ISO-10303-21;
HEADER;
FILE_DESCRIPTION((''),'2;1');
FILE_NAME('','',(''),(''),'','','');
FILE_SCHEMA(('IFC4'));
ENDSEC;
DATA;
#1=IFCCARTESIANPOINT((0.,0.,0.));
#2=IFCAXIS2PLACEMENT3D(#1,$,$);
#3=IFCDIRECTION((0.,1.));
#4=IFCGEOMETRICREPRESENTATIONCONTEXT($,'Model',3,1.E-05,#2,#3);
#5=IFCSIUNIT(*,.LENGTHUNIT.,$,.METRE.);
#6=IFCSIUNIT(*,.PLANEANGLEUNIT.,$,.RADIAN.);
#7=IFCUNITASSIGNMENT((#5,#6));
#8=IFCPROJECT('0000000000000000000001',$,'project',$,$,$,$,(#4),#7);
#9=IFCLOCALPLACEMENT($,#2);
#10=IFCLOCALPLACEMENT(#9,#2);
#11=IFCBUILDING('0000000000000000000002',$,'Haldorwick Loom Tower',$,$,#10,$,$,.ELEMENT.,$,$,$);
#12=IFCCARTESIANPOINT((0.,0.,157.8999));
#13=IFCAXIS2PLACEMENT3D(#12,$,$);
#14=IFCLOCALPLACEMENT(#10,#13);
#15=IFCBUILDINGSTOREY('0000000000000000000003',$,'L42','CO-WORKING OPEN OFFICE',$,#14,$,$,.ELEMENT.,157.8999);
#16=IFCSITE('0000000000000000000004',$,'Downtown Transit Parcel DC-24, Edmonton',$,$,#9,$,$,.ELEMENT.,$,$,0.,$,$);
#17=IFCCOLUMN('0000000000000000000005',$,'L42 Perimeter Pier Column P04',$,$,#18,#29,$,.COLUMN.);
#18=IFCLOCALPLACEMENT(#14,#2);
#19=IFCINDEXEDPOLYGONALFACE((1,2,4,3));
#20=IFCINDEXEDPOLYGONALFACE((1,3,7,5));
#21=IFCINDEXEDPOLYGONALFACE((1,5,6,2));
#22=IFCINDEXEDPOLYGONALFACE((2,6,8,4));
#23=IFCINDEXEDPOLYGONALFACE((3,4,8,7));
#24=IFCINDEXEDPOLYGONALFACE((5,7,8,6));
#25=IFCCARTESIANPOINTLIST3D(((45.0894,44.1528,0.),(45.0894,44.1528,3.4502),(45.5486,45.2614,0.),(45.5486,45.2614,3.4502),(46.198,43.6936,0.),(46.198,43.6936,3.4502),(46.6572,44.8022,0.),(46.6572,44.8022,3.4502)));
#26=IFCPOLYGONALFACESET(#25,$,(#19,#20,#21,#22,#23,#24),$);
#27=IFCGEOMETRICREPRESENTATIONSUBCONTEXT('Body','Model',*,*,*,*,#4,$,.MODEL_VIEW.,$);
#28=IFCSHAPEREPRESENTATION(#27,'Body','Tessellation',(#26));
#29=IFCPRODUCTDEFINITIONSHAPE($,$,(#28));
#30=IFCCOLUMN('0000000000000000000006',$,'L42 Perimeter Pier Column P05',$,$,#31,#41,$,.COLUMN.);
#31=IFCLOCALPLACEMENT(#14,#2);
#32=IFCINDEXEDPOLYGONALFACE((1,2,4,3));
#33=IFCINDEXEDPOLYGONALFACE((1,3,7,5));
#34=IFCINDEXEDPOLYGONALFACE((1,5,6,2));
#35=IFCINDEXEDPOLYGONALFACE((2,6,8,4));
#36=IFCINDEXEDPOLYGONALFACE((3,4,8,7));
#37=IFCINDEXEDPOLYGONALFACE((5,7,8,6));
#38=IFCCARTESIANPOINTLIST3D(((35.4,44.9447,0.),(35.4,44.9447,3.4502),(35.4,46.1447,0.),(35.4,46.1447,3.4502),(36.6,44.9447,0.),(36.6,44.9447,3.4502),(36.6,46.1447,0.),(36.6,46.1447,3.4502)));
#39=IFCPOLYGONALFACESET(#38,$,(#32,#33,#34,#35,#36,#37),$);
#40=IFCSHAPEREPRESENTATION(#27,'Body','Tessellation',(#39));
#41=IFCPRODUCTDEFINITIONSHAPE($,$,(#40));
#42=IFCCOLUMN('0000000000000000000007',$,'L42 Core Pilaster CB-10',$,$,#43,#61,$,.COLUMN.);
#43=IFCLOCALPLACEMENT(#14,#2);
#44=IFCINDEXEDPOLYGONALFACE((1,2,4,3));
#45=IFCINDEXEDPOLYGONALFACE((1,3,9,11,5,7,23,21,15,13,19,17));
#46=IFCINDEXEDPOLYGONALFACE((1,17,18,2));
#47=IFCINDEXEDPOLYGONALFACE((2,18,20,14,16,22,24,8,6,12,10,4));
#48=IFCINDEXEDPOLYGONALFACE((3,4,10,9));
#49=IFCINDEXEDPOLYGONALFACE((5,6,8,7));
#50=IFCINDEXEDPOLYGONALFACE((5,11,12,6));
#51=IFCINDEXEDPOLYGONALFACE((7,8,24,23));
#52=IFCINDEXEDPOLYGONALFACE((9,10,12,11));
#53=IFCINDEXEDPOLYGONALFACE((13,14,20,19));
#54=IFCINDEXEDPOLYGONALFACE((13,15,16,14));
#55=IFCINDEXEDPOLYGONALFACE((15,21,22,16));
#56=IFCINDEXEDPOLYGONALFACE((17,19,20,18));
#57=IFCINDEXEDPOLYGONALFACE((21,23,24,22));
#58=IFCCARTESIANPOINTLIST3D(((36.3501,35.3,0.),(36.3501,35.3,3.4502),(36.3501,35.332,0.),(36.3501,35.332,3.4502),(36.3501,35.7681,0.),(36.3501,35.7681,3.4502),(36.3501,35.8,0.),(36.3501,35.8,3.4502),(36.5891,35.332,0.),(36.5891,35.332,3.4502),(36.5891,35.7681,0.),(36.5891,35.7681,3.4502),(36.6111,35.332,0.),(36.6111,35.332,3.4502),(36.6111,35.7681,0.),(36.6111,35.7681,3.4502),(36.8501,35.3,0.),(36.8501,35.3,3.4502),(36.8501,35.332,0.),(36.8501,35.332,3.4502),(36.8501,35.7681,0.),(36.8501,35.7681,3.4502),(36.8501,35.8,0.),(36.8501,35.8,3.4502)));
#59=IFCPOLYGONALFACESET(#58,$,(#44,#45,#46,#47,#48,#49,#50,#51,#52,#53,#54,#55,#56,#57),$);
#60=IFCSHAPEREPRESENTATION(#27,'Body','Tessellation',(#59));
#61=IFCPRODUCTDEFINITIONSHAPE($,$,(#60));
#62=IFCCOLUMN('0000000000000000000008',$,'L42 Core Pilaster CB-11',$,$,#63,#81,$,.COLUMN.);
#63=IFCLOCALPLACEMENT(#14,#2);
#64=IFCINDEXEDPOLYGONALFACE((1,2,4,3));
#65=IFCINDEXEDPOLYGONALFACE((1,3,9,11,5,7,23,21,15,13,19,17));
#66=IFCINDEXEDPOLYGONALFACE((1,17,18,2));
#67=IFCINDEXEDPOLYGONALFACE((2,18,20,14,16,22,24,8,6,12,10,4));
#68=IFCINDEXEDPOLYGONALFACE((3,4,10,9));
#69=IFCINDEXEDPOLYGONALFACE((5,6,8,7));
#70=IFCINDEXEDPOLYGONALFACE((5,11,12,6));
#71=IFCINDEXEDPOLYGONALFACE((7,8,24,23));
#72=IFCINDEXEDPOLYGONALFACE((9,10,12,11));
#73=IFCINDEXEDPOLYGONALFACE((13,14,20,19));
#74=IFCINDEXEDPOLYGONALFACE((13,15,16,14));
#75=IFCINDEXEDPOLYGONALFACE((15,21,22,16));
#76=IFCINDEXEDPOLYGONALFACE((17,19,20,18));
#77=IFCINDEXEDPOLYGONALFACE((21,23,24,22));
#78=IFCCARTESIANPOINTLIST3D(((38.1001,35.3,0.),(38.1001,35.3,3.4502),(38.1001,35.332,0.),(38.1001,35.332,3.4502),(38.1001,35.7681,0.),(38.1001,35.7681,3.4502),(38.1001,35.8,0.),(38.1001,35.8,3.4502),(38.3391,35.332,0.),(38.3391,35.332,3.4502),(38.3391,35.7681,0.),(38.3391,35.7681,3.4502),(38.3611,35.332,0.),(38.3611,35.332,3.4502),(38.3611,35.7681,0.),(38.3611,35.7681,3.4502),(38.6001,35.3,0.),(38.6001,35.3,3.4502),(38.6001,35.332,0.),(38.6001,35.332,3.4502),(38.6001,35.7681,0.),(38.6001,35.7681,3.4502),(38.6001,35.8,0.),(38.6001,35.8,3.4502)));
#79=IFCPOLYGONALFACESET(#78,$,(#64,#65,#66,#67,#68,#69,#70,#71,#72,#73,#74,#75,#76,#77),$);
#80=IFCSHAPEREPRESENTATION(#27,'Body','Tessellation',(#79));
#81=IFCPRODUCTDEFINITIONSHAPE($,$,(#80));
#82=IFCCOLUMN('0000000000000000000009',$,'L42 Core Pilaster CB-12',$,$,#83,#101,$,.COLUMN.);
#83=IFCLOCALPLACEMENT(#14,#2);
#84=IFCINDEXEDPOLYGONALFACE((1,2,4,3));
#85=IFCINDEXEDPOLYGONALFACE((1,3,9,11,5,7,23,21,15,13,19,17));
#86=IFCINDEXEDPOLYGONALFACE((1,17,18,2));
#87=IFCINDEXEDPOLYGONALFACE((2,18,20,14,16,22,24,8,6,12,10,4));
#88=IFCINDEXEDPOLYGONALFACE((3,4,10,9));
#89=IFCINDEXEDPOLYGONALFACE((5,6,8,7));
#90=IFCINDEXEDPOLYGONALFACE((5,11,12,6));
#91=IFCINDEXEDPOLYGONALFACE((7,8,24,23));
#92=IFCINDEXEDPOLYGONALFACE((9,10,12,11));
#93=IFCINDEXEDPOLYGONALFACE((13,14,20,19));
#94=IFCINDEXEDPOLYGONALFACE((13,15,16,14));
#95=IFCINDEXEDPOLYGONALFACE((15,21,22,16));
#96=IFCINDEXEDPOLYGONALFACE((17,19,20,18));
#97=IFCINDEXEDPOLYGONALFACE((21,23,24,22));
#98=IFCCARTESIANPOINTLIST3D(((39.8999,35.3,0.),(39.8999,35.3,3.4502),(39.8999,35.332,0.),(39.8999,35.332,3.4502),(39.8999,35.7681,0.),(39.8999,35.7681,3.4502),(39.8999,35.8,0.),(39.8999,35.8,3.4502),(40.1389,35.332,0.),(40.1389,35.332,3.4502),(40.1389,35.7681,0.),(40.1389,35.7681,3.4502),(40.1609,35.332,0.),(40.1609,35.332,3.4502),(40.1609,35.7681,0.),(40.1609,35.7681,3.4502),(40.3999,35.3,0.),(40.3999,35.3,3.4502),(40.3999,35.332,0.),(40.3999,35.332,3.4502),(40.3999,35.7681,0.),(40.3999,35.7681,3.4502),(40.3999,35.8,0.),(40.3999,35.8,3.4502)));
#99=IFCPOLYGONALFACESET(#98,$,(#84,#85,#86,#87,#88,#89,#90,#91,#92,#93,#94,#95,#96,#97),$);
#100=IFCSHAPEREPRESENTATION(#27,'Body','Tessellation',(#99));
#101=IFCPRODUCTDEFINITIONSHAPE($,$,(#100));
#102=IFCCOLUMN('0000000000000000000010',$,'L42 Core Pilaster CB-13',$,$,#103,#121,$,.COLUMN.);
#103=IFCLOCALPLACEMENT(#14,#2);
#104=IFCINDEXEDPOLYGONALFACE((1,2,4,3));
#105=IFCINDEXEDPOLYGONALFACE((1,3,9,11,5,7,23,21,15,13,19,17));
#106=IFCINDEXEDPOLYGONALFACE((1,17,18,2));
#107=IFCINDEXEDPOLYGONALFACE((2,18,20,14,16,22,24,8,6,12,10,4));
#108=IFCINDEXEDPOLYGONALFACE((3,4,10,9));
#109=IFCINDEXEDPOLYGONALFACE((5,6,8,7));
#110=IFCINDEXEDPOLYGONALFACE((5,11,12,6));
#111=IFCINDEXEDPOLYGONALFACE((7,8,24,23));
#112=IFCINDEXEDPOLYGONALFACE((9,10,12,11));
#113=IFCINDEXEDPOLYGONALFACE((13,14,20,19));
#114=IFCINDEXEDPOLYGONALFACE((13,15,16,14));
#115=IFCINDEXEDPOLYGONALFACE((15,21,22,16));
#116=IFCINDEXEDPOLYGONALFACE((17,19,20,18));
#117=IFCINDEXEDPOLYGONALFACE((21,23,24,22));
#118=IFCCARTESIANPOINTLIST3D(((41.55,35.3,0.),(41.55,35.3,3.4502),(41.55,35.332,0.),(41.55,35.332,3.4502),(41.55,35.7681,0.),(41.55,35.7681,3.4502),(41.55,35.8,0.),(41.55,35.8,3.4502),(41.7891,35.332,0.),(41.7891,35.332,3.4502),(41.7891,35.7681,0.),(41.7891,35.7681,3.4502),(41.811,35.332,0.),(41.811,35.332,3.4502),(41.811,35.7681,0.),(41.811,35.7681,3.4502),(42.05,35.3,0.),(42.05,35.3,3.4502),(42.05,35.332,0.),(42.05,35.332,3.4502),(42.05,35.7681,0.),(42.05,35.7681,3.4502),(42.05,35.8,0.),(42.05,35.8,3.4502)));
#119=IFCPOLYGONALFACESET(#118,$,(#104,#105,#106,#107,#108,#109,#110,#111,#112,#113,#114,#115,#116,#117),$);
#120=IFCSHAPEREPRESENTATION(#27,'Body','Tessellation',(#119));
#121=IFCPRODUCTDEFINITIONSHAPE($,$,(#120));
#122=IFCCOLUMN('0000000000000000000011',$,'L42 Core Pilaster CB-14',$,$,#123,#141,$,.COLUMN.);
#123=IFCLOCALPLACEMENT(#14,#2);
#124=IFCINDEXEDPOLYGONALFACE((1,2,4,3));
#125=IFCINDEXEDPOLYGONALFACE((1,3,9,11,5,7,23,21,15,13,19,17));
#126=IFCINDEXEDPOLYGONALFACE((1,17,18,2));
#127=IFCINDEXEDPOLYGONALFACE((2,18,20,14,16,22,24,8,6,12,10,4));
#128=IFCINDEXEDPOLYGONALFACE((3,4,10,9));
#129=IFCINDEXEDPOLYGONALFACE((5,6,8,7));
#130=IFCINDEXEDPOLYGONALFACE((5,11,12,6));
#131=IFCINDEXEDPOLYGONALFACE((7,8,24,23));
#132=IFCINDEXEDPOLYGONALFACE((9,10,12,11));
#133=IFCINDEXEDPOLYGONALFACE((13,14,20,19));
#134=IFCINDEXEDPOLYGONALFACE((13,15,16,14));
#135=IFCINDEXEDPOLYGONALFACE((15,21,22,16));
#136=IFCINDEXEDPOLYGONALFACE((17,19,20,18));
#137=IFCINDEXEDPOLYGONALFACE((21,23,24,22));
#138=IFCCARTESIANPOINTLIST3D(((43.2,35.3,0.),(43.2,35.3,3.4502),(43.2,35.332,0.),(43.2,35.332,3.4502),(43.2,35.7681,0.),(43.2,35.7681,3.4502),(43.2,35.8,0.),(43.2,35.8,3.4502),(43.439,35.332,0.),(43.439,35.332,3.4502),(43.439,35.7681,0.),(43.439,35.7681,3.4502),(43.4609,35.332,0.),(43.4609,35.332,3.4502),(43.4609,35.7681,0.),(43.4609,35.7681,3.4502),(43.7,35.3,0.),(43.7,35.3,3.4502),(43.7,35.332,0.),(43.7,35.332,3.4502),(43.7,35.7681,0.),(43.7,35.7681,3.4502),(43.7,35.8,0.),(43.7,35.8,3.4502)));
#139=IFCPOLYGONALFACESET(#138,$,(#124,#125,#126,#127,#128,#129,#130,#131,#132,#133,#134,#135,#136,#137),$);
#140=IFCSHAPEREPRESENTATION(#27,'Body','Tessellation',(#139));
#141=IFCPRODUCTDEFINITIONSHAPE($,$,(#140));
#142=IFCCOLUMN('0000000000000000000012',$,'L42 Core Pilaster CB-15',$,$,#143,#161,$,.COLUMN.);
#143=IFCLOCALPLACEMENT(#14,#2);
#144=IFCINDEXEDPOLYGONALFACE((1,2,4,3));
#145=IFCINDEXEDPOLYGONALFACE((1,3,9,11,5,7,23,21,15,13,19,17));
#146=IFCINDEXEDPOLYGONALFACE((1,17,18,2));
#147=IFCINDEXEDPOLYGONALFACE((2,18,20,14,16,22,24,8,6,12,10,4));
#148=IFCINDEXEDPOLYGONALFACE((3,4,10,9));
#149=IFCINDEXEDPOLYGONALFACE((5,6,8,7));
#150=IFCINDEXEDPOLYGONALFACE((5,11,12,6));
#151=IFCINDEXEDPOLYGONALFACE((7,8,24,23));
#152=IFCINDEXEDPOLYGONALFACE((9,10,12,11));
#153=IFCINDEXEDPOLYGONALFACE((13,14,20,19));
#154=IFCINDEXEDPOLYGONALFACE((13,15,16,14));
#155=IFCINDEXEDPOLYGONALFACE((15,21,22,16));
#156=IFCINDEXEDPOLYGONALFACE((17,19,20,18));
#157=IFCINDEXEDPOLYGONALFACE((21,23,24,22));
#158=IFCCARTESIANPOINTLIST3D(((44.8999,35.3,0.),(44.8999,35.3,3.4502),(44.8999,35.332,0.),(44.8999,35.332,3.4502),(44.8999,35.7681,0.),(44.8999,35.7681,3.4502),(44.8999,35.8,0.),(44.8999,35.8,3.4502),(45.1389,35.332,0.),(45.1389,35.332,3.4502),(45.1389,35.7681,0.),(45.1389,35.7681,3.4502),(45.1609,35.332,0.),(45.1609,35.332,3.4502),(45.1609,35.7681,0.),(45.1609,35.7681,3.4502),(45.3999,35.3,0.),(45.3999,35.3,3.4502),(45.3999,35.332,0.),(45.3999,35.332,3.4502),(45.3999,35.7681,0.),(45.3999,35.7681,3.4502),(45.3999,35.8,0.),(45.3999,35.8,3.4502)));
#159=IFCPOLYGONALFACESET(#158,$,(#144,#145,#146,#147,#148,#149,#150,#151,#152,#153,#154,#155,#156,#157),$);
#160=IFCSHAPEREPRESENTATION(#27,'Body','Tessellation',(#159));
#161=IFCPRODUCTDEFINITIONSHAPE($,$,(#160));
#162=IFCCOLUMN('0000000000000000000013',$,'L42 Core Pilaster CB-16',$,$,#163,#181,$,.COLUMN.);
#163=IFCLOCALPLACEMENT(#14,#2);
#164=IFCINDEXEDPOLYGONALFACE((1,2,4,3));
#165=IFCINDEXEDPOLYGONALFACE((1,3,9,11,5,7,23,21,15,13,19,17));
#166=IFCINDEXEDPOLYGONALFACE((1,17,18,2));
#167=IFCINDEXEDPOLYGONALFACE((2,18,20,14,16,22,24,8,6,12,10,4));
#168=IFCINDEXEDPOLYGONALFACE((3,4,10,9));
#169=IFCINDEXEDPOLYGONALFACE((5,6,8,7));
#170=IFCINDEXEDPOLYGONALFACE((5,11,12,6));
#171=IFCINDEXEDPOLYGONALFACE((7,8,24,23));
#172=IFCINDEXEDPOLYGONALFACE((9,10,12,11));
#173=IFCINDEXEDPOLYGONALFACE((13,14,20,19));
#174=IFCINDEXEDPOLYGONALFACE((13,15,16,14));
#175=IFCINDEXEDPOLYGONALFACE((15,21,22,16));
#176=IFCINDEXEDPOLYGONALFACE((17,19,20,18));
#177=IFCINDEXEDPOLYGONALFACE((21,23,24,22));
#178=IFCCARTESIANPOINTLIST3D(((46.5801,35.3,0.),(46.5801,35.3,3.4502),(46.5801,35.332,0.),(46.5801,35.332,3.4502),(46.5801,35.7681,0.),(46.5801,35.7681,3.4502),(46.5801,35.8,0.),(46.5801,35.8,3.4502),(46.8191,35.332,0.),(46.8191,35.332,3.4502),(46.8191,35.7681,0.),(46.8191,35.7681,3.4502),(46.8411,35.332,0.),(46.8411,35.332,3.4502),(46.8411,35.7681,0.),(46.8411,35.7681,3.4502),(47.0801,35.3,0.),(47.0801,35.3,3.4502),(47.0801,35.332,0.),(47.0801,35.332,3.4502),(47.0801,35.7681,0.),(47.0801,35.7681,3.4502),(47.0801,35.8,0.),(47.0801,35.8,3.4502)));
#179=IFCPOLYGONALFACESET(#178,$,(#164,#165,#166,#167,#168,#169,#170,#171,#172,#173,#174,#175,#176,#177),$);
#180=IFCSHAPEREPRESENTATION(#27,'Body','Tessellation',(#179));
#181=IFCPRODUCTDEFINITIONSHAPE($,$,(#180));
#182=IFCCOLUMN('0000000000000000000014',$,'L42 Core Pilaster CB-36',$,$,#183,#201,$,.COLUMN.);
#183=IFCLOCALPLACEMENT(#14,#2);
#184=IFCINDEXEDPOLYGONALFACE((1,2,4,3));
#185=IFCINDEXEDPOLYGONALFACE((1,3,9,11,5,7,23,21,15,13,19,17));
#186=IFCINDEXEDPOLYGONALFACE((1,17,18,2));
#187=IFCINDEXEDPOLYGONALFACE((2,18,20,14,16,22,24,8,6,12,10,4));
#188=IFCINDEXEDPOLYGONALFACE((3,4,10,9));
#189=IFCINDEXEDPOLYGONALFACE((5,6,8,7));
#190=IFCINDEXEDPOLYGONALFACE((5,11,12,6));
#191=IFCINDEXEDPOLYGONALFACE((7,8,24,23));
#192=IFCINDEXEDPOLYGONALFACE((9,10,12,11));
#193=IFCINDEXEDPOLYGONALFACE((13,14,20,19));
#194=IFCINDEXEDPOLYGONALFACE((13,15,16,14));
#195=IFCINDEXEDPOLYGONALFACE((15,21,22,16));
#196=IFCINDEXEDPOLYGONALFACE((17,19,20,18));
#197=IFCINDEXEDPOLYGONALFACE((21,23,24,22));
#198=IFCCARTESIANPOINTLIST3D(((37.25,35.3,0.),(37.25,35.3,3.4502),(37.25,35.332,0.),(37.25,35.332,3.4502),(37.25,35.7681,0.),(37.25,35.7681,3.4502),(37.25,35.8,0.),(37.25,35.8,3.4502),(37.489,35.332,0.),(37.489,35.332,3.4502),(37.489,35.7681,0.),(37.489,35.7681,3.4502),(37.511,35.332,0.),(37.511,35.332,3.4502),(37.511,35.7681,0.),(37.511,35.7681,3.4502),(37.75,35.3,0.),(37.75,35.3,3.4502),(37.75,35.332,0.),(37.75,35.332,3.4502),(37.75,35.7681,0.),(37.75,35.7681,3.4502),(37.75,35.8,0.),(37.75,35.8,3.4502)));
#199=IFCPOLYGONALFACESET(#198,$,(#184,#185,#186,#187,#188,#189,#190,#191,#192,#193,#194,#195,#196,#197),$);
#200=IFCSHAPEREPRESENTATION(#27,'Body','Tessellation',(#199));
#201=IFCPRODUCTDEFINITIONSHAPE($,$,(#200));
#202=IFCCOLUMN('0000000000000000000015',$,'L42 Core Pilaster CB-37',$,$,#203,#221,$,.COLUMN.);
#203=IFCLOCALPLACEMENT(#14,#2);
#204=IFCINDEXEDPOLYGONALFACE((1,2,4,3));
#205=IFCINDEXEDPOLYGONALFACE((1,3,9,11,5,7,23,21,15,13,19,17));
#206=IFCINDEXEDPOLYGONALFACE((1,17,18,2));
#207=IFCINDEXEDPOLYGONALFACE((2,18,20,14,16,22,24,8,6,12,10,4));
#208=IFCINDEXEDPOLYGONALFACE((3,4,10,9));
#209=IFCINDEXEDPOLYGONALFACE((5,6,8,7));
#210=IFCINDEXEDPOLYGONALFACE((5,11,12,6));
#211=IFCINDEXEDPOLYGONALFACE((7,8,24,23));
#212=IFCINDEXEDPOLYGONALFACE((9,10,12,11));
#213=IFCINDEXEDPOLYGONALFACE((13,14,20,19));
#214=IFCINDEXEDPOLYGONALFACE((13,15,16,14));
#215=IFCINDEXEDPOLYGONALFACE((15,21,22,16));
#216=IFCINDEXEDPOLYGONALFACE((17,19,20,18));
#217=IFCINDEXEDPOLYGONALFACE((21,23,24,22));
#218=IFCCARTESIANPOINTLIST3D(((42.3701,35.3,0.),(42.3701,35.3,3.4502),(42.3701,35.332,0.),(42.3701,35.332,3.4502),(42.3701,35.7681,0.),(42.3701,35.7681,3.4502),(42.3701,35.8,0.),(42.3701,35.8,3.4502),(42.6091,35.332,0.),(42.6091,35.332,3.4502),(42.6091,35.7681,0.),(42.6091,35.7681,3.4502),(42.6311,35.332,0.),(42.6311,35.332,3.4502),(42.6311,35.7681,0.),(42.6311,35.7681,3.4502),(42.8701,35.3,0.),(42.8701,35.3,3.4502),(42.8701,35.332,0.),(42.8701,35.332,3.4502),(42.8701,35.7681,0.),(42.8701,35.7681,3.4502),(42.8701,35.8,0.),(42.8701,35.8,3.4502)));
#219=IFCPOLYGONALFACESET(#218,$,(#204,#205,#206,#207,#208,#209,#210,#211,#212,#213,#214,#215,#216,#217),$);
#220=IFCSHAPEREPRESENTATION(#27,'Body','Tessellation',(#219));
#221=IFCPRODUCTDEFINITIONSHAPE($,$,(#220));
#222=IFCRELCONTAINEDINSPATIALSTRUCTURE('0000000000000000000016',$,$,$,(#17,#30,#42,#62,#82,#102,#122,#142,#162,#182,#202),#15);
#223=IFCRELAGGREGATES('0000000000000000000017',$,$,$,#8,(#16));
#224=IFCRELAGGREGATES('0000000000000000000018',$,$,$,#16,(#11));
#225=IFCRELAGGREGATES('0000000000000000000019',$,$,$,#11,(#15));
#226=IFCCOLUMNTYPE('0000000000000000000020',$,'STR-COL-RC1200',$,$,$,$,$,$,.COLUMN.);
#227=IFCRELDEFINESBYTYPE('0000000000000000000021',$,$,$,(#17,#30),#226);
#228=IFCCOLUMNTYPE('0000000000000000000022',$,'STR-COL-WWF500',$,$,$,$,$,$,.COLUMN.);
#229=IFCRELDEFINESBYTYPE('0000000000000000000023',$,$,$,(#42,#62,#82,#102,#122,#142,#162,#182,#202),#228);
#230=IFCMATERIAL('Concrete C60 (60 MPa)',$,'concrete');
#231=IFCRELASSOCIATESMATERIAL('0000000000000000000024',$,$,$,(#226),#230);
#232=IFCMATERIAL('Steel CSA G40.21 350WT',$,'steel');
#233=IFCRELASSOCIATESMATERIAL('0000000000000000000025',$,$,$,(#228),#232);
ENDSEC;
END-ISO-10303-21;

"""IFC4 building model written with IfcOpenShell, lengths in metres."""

from ifc_helpers import new_model, si_unit, direction, frame, origin, origin_2d, place, context, subcontext, project, spatial, rectangle, i_section, extrude, material, material_profile, profile_set, type_object, element, save


model = new_model("IFC4")

# Units and contexts
model_context = context("Model", 3, precision=1e-05, world=origin(), true_north=direction((0.0, 1.0)))
body_context = subcontext(model_context, "Body", "Model", "MODEL_VIEW")
ifc_project = project(units=[si_unit("LENGTHUNIT", "METRE"), si_unit("PLANEANGLEUNIT", "RADIAN")], contexts=[model_context])

# Site, building, storey
site_placement = place(None, origin())
site = spatial("IfcSite", under=ifc_project, at=site_placement, Name="Downtown Transit Parcel DC-24, Edmonton", CompositionType="ELEMENT", RefElevation=0.0)
building_placement = place(site_placement, origin())
building = spatial("IfcBuilding", under=site, at=building_placement, Name="Haldorwick Loom Tower", CompositionType="ELEMENT")
storey_placement = place(building_placement, frame((0.0, 0.0, 157.8999)))
storey = spatial("IfcBuildingStorey", under=building, at=storey_placement, Name="L42", Description="CO-WORKING OPEN OFFICE", CompositionType="ELEMENT", Elevation=157.8999)

# Columns
ifc_material_1 = material(Name="Concrete C60 (60 MPa)", Category="concrete")
ifc_material_profile_1 = material_profile(ifc_material_1, rectangle(XDim=1.2, YDim=1.2, at=origin_2d()), Name="RC1200X1200", Category="concrete")
ifc_profile_set_1 = profile_set([ifc_material_profile_1], Name="Concrete C60 (60 MPa)")
column_type_1 = type_object("IfcColumnType", Name="STR-COL-RC1200", PredefinedType="COLUMN", material=ifc_profile_set_1)
for number, where, z_axis, x_axis, name in (
    (1, (45.8733, 44.4775, 0.0), (0.0, 0.0, 1.0), (0.382683, 0.92388, 0.0), "L42 Perimeter Pier Column P04"),
    (2, (36.0, 45.5447, 0.0), (0.0, 0.0, 1.0), (0.0, 1.0, 0.0), "L42 Perimeter Pier Column P05"),
):
    element("IfcColumn", number, at=place(storey_placement, frame(where, z_axis=z_axis, x_axis=x_axis)), inside=storey, type_object=column_type_1, Name=name, PredefinedType="COLUMN", context=body_context, shape_type="SweptSolid", body=[
        extrude(rectangle(XDim=1.2, YDim=1.2, at=origin_2d()), origin(), (0.0, 0.0, 1.0), 3.4502),
    ])
ifc_material_2 = material(Name="Steel CSA G40.21 350WT", Category="steel")
ifc_material_profile_2 = material_profile(ifc_material_2, i_section(OverallWidth=0.5, OverallDepth=0.5, WebThickness=0.022, FlangeThickness=0.032, at=origin_2d()), Name="WWF500X500", Category="steel")
ifc_profile_set_2 = profile_set([ifc_material_profile_2], Name="Steel CSA G40.21 350WT")
column_type_2 = type_object("IfcColumnType", Name="STR-COL-WWF500", PredefinedType="COLUMN", material=ifc_profile_set_2)
for number, where, z_axis, x_axis, name in (
    (3, (36.6001, 35.55, 0.0), (0.0, 0.0, 1.0), (1.0, 0.0, 0.0), "L42 Core Pilaster CB-10"),
    (4, (38.3501, 35.55, 0.0), (0.0, 0.0, 1.0), (1.0, 0.0, 0.0), "L42 Core Pilaster CB-11"),
    (5, (40.1499, 35.55, 0.0), (0.0, 0.0, 1.0), (1.0, 0.0, 0.0), "L42 Core Pilaster CB-12"),
    (6, (41.8, 35.55, 0.0), (0.0, 0.0, 1.0), (1.0, 0.0, 0.0), "L42 Core Pilaster CB-13"),
    (7, (43.45, 35.55, 0.0), (0.0, 0.0, 1.0), (1.0, 0.0, 0.0), "L42 Core Pilaster CB-14"),
    (8, (45.1499, 35.55, 0.0), (0.0, 0.0, 1.0), (1.0, 0.0, 0.0), "L42 Core Pilaster CB-15"),
    (9, (46.8301, 35.55, 0.0), (0.0, 0.0, 1.0), (1.0, 0.0, 0.0), "L42 Core Pilaster CB-16"),
    (10, (37.5, 35.55, 0.0), (0.0, 0.0, 1.0), (1.0, 0.0, 0.0), "L42 Core Pilaster CB-36"),
    (11, (42.6201, 35.55, 0.0), (0.0, 0.0, 1.0), (1.0, 0.0, 0.0), "L42 Core Pilaster CB-37"),
):
    element("IfcColumn", number, at=place(storey_placement, frame(where, z_axis=z_axis, x_axis=x_axis)), inside=storey, type_object=column_type_2, Name=name, PredefinedType="COLUMN", context=body_context, shape_type="SweptSolid", body=[
        extrude(i_section(OverallWidth=0.5, OverallDepth=0.5, WebThickness=0.022, FlangeThickness=0.032, at=origin_2d()), origin(), (0.0, 0.0, 1.0), 3.4502),
    ])

save(model, "model.ifc")
